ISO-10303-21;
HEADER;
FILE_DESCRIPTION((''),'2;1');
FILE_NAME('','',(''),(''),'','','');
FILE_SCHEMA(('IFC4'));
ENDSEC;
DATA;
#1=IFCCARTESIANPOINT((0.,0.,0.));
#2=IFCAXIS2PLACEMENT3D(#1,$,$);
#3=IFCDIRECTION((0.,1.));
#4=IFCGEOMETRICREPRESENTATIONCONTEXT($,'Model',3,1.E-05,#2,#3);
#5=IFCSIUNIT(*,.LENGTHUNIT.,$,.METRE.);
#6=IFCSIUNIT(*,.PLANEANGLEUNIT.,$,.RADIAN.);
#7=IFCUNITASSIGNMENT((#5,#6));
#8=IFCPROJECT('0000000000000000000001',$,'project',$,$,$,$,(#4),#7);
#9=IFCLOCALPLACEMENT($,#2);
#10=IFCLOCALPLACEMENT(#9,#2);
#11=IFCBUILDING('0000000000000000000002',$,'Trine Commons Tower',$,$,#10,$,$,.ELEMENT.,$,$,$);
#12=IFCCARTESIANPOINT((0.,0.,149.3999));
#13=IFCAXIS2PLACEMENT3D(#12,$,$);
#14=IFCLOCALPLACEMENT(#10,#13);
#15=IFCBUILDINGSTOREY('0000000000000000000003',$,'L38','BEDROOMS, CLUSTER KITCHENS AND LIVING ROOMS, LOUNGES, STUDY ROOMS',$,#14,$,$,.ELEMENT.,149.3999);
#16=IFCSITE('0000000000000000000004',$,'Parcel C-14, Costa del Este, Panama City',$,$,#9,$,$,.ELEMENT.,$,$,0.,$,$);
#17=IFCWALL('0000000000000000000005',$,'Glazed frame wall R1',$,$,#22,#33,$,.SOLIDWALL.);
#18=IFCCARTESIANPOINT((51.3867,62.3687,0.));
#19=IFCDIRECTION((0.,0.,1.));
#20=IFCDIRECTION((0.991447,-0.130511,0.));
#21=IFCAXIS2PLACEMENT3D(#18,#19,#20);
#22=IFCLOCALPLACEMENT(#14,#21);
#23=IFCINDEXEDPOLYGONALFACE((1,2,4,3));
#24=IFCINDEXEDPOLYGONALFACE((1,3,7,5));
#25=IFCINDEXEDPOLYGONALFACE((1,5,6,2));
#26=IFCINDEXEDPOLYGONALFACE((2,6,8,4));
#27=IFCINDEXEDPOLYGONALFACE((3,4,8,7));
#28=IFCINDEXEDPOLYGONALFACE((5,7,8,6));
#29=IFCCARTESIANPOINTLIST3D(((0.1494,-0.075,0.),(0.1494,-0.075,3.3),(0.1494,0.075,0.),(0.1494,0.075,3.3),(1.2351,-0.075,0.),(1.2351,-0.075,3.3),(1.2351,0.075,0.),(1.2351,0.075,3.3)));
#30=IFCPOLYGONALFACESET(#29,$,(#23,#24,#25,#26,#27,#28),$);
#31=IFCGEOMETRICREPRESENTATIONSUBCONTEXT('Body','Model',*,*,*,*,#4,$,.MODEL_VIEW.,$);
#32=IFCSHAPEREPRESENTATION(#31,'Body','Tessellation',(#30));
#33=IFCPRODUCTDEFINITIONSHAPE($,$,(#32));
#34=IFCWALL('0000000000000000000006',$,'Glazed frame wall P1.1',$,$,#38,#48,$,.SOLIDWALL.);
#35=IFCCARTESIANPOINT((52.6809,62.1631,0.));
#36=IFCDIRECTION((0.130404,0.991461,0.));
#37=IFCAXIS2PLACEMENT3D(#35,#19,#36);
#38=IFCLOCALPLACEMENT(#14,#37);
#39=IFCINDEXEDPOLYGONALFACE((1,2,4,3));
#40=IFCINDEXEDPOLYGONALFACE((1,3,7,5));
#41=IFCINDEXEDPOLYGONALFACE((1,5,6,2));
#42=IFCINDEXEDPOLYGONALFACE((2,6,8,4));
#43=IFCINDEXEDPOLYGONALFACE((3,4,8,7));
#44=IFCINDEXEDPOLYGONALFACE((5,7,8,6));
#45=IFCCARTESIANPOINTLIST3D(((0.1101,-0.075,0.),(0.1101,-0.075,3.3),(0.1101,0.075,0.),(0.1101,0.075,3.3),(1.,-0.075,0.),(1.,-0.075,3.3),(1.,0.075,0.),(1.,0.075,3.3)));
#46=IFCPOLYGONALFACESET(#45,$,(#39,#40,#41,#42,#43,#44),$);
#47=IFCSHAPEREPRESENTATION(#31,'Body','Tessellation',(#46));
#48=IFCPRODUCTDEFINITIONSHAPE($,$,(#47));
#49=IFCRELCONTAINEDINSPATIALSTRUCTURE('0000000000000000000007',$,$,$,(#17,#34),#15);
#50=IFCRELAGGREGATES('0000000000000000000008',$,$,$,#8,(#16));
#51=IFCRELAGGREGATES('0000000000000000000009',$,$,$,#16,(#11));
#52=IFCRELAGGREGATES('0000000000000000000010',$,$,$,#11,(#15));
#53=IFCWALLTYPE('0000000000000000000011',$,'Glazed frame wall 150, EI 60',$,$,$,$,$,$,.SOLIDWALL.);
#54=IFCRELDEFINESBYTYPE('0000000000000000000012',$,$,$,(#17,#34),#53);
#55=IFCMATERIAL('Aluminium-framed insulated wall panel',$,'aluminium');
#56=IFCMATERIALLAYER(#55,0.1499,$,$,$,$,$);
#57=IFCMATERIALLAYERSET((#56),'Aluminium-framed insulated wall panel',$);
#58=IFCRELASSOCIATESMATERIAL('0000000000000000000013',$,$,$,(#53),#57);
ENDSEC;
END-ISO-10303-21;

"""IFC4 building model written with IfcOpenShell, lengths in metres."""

from ifc_helpers import new_model, si_unit, direction, frame, origin, place, context, subcontext, project, spatial, polyline, outline, extrude, material, layer, layer_set, type_object, element, save


model = new_model("IFC4")

# Units and contexts
model_context = context("Model", 3, precision=1e-05, world=origin(), true_north=direction((0.0, 1.0)))
body_context = subcontext(model_context, "Body", "Model", "MODEL_VIEW")
ifc_project = project(units=[si_unit("LENGTHUNIT", "METRE"), si_unit("PLANEANGLEUNIT", "RADIAN")], contexts=[model_context])

# Site, building, storey
site_placement = place(None, origin())
site = spatial("IfcSite", under=ifc_project, at=site_placement, Name="Parcel C-14, Costa del Este, Panama City", CompositionType="ELEMENT", RefElevation=0.0)
building_placement = place(site_placement, origin())
building = spatial("IfcBuilding", under=site, at=building_placement, Name="Trine Commons Tower", CompositionType="ELEMENT")
storey_placement = place(building_placement, frame((0.0, 0.0, 149.3999)))
storey = spatial("IfcBuildingStorey", under=building, at=storey_placement, Name="L38", Description="BEDROOMS, CLUSTER KITCHENS AND LIVING ROOMS, LOUNGES, STUDY ROOMS", CompositionType="ELEMENT", Elevation=149.3999)

# Walls
ifc_material_1 = material(Name="Aluminium-framed insulated wall panel", Category="aluminium")
ifc_layer_1 = layer(ifc_material_1, 0.1499)
ifc_layer_set_1 = layer_set([ifc_layer_1], Name="Aluminium-framed insulated wall panel")
wall_type_1 = type_object("IfcWallType", Name="Glazed frame wall 150, EI 60", PredefinedType="SOLIDWALL", material=ifc_layer_set_1)
wall_1_placement = place(storey_placement, frame((51.3867, 62.3687, 0.0), z_axis=(0.0, 0.0, 1.0), x_axis=(0.991447, -0.130511, 0.0)))
element("IfcWall", 1, at=wall_1_placement, inside=storey, type_object=wall_type_1, Name="Glazed frame wall R1", PredefinedType="SOLIDWALL", context=body_context, shape_type="SweptSolid", body=[
    extrude(outline(polyline([(0.1494, 0.075), (0.1494, -0.075), (1.2351, -0.075), (1.2351, 0.075), (0.1494, 0.075)])), origin(), (0.0, 0.0, 1.0), 3.3),
])
wall_2_placement = place(storey_placement, frame((52.6809, 62.1631, 0.0), z_axis=(0.0, 0.0, 1.0), x_axis=(0.130404, 0.991461, 0.0)))
element("IfcWall", 2, at=wall_2_placement, inside=storey, type_object=wall_type_1, Name="Glazed frame wall P1.1", PredefinedType="SOLIDWALL", context=body_context, shape_type="SweptSolid", body=[
    extrude(outline(polyline([(0.1101, -0.075), (1.0, -0.075), (1.0, 0.075), (0.1101, 0.075), (0.1101, -0.075)])), origin(), (0.0, 0.0, 1.0), 3.3),
])

save(model, "model.ifc")
